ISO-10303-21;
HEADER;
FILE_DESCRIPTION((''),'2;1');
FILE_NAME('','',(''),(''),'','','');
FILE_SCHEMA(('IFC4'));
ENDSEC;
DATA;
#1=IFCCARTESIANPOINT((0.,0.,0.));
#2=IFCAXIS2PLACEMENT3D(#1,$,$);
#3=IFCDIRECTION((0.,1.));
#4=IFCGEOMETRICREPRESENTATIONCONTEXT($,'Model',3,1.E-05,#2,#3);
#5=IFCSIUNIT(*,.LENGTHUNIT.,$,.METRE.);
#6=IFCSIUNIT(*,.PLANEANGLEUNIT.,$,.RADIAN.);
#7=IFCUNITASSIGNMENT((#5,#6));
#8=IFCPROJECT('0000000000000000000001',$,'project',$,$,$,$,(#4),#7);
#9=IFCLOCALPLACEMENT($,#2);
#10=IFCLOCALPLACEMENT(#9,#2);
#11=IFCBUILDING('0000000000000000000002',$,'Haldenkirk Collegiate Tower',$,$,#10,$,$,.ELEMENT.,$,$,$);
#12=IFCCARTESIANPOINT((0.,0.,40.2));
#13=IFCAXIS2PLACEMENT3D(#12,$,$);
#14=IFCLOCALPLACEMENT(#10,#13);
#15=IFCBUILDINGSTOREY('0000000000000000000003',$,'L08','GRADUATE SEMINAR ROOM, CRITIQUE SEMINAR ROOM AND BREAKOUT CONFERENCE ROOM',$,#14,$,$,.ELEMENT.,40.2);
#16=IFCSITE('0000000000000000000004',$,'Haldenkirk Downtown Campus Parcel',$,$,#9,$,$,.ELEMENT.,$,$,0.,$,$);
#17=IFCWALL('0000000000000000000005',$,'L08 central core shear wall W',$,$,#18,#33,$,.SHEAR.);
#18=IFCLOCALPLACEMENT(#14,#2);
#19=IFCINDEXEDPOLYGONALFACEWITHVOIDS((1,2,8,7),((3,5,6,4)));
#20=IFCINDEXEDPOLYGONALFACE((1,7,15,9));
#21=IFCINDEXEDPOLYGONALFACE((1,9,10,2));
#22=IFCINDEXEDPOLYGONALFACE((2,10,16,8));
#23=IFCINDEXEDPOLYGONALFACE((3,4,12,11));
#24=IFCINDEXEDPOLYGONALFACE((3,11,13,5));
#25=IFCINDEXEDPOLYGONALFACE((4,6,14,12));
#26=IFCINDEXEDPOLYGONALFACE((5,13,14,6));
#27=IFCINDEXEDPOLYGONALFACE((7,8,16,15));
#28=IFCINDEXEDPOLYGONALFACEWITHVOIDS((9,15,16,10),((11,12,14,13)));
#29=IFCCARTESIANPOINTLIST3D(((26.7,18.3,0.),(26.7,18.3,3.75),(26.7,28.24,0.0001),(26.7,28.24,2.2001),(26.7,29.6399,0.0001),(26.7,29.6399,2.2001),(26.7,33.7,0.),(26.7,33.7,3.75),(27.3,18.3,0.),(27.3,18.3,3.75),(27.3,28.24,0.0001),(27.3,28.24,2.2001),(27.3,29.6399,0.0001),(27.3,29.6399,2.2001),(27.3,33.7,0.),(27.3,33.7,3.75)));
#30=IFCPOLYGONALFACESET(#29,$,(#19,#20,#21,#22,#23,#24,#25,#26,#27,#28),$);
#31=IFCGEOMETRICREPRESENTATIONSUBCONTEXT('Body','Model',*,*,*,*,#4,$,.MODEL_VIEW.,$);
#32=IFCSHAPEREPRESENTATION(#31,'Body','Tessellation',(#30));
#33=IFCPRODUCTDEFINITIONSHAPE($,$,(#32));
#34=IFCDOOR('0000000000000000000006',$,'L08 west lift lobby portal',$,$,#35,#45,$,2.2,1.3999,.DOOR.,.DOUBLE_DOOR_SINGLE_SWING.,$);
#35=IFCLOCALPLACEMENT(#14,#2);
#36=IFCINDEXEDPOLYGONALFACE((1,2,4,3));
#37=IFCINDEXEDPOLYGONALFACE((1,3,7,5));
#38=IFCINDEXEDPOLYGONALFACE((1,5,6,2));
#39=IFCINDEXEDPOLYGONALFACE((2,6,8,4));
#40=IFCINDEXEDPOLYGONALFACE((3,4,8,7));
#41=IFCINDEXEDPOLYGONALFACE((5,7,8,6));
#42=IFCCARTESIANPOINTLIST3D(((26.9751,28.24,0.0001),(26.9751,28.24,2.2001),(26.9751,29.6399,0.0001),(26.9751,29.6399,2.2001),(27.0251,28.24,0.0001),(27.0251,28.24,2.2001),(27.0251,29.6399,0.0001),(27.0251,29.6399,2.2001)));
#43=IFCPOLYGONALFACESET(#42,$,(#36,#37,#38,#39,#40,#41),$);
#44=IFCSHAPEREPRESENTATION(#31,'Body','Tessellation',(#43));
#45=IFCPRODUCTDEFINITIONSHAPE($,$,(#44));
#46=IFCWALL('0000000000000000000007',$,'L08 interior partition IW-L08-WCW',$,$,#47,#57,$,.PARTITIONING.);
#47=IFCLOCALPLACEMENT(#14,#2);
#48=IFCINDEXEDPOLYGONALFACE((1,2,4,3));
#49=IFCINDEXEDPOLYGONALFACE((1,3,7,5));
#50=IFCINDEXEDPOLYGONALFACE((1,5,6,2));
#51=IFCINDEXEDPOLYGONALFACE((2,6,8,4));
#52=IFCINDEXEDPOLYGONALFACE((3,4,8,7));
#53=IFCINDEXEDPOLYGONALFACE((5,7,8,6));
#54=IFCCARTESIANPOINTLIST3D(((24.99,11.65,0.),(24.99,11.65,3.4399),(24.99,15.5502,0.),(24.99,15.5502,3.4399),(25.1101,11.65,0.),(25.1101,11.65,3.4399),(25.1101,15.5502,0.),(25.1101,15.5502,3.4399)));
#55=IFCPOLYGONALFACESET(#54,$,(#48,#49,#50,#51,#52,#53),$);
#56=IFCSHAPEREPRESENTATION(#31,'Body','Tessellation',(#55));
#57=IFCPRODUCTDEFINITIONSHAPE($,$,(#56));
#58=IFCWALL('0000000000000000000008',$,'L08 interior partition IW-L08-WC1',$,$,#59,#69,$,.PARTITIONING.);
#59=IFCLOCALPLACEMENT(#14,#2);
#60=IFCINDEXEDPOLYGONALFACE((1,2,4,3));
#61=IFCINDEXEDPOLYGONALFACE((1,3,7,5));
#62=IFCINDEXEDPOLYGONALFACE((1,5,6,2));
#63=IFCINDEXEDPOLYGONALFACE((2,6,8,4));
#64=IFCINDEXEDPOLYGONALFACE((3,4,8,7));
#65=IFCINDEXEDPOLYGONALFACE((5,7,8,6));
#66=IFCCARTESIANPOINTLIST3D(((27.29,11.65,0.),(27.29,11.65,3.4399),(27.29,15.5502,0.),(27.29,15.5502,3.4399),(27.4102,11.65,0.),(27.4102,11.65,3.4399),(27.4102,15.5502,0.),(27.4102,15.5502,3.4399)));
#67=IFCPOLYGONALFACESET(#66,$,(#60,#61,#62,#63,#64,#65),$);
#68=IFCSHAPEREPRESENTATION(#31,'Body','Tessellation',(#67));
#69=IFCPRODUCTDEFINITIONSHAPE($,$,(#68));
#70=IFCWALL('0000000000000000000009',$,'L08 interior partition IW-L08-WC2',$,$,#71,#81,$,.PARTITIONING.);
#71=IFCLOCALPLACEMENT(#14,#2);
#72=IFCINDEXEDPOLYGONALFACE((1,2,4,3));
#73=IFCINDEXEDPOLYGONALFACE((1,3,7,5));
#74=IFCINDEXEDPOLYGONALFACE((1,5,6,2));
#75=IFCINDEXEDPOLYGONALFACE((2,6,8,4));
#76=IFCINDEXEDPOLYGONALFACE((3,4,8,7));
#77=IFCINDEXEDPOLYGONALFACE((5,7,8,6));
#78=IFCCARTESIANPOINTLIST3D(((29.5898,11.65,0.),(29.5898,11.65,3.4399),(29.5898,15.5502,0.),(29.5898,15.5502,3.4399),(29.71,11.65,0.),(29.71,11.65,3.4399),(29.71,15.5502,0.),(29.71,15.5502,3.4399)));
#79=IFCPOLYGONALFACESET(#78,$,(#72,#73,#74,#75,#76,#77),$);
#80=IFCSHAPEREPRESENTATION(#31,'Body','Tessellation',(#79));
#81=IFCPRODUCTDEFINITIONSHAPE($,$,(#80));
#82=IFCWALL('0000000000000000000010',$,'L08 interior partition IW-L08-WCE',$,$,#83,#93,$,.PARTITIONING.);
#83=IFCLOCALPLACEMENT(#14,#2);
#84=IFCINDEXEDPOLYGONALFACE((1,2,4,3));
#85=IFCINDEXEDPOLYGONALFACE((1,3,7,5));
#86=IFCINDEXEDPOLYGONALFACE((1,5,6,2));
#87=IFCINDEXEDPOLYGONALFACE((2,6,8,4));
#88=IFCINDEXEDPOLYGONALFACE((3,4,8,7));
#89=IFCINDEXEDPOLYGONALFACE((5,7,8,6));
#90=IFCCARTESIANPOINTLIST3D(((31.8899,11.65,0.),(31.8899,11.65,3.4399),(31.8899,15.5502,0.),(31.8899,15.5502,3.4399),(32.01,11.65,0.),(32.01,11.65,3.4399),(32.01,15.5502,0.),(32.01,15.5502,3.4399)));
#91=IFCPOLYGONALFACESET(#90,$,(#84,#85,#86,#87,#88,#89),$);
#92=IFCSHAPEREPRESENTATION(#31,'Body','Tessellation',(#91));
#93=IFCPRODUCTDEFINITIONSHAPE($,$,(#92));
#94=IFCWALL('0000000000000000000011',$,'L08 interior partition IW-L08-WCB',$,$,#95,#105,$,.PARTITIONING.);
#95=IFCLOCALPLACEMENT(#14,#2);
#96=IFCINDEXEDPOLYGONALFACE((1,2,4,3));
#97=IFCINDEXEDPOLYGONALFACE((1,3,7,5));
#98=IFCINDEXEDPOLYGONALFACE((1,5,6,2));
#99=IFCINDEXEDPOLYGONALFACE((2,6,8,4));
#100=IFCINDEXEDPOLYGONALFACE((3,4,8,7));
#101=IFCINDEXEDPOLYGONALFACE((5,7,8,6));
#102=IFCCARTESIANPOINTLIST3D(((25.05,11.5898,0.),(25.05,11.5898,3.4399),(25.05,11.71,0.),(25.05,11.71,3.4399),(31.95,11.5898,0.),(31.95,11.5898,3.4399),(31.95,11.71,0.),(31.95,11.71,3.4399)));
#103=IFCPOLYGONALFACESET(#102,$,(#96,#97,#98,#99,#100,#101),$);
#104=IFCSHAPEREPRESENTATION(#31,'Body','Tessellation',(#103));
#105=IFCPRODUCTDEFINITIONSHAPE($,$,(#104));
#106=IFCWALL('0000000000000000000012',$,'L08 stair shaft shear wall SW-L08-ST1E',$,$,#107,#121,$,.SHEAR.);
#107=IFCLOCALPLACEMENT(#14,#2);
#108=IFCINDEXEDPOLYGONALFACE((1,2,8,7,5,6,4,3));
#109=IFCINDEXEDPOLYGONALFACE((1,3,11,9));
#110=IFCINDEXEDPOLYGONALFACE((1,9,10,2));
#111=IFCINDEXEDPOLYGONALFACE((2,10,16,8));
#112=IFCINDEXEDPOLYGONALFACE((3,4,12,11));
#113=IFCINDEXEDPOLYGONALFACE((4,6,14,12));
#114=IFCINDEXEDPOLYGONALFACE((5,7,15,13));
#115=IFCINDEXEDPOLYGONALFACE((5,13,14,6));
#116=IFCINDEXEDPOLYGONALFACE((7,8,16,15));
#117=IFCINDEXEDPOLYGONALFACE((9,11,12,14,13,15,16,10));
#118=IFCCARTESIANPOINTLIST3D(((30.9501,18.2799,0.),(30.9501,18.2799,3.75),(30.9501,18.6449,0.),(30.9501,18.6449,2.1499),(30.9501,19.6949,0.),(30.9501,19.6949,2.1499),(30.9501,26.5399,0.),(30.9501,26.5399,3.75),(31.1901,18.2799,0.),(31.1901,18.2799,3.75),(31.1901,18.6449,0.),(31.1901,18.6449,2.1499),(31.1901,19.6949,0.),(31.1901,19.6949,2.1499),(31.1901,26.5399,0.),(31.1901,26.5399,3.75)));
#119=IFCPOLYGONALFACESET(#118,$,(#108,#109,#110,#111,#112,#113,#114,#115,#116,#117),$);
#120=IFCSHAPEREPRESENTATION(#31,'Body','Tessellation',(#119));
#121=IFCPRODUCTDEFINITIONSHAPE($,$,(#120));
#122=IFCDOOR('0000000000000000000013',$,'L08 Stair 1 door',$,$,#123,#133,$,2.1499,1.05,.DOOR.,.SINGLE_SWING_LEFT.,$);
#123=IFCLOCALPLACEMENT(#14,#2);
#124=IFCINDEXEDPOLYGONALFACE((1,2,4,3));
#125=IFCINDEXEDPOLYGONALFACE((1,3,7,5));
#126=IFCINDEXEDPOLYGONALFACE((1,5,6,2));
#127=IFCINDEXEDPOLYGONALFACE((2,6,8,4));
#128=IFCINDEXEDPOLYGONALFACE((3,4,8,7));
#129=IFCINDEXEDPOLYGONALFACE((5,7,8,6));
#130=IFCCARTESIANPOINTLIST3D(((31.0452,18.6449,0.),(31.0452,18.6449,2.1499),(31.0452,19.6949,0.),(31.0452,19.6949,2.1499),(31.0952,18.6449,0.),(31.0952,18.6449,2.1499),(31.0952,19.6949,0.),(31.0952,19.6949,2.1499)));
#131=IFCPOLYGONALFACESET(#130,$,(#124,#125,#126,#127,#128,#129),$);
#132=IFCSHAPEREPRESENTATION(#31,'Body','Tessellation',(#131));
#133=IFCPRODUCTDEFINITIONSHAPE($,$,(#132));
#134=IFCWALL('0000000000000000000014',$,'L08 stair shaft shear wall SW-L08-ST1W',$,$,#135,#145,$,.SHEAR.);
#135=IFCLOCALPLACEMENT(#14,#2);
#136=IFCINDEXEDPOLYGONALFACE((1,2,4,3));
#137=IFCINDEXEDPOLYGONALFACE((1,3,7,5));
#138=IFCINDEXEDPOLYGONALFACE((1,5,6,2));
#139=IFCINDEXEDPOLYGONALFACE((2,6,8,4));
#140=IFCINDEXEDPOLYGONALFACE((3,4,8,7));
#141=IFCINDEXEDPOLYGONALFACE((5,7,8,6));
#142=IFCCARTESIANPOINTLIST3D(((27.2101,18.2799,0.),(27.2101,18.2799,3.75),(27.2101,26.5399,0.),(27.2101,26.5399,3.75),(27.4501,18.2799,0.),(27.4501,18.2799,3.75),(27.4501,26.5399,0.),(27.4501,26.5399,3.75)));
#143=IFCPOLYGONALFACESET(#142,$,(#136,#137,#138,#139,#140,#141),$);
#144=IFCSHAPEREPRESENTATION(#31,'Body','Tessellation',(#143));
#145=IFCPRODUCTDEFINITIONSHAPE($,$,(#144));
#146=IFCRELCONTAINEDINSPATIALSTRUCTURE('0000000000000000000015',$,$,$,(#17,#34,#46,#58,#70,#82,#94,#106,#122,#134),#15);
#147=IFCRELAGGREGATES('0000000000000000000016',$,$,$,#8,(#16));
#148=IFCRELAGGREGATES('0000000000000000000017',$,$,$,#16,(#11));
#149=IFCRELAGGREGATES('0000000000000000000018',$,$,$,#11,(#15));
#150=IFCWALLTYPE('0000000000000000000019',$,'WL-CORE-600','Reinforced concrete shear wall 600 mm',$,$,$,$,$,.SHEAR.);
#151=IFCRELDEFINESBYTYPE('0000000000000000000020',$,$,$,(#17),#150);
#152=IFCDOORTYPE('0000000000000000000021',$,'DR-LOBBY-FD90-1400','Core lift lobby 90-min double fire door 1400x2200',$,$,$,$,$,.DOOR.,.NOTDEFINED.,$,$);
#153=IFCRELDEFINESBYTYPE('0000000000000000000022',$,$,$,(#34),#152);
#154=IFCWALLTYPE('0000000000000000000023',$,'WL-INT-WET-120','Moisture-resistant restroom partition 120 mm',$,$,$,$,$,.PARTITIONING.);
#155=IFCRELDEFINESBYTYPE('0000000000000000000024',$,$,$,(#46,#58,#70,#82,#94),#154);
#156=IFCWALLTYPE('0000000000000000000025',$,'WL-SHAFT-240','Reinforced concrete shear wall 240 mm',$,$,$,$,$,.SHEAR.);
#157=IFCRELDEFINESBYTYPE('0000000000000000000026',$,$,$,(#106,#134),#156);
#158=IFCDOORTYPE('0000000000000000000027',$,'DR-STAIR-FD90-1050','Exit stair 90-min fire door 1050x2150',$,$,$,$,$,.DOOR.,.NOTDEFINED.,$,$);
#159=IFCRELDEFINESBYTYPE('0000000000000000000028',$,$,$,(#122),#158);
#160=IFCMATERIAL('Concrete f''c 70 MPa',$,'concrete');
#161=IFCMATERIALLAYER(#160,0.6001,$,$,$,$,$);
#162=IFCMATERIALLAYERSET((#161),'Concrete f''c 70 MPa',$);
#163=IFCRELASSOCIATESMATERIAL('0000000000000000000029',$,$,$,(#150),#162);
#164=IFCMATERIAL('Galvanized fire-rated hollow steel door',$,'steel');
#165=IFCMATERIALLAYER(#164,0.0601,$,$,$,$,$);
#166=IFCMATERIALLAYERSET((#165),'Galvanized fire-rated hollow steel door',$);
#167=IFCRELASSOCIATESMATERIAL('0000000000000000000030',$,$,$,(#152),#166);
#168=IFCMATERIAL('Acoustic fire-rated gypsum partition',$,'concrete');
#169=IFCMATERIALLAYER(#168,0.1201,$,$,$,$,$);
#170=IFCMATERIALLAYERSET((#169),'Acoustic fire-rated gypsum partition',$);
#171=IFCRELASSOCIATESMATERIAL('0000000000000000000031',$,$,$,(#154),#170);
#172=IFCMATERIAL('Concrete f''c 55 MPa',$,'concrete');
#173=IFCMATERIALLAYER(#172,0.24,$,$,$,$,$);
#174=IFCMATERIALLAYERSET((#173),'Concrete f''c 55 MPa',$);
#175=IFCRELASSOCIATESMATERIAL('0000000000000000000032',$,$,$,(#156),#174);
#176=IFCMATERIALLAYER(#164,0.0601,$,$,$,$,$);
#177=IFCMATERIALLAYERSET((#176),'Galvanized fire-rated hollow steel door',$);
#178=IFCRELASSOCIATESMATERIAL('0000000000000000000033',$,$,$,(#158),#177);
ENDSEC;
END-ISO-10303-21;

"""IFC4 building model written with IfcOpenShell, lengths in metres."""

from ifc_helpers import new_model, si_unit, direction, frame, frame_2d, origin, place, context, subcontext, project, spatial, rectangle, extrude, material, layer, layer_set, type_object, element, fill, save


model = new_model("IFC4")

# Units and contexts
model_context = context("Model", 3, precision=1e-05, world=origin(), true_north=direction((0.0, 1.0)))
body_context = subcontext(model_context, "Body", "Model", "MODEL_VIEW")
ifc_project = project(units=[si_unit("LENGTHUNIT", "METRE"), si_unit("PLANEANGLEUNIT", "RADIAN")], contexts=[model_context])

# Site, building, storey
site_placement = place(None, origin())
site = spatial("IfcSite", under=ifc_project, at=site_placement, Name="Haldenkirk Downtown Campus Parcel", CompositionType="ELEMENT", RefElevation=0.0)
building_placement = place(site_placement, origin())
building = spatial("IfcBuilding", under=site, at=building_placement, Name="Haldenkirk Collegiate Tower", CompositionType="ELEMENT")
storey_placement = place(building_placement, frame((0.0, 0.0, 40.2)))
storey = spatial("IfcBuildingStorey", under=building, at=storey_placement, Name="L08", Description="GRADUATE SEMINAR ROOM, CRITIQUE SEMINAR ROOM AND BREAKOUT CONFERENCE ROOM", CompositionType="ELEMENT", Elevation=40.2)

# Shared definitions
ifc_material_1 = material(Name="Concrete f'c 70 MPa", Category="concrete")
ifc_layer_1 = layer(ifc_material_1, 0.6001)
ifc_layer_set_1 = layer_set([ifc_layer_1], Name="Concrete f'c 70 MPa")
wall_type_1 = type_object("IfcWallType", Name="WL-CORE-600", Description="Reinforced concrete shear wall 600 mm", PredefinedType="SHEAR", material=ifc_layer_set_1)
ifc_material_2 = material(Name="Galvanized fire-rated hollow steel door", Category="steel")

# Wall, opening, door
wall_1_placement = place(storey_placement, frame((27.0, 18.3, 0.0), z_axis=(0.0, 0.0, 1.0), x_axis=(0.0, 1.0, 0.0)))
wall_1 = element("IfcWall", 1, at=wall_1_placement, inside=storey, type_object=wall_type_1, Name="L08 central core shear wall W", PredefinedType="SHEAR", context=body_context, shape_type="SweptSolid", body=[
    extrude(rectangle(XDim=15.3999, YDim=0.6001, at=frame_2d((7.7, 0.0))), origin(), (0.0, 0.0, 1.0), 3.75),
])
opening_1_placement = place(wall_1_placement, frame((9.9399, 0.0, 0.0)))
opening_1 = element("IfcOpeningElement", 2, at=opening_1_placement, cuts=wall_1, PredefinedType="OPENING", context=body_context, shape_type="SweptSolid", body=[
    extrude(rectangle(XDim=1.3999, YDim=2.2, at=frame_2d((0.7, 1.1001))), frame((0.0, 0.3101, 0.0), z_axis=(0.0, -1.0, 0.0), x_axis=(1.0, 0.0, 0.0)), (0.0, 0.0, 1.0), 0.6201),
])
ifc_layer_2 = layer(ifc_material_2, 0.0601)
ifc_layer_set_2 = layer_set([ifc_layer_2], Name="Galvanized fire-rated hollow steel door")
door_type_1 = type_object("IfcDoorType", Name="DR-LOBBY-FD90-1400", Description="Core lift lobby 90-min double fire door 1400x2200", OperationType="NOTDEFINED", PredefinedType="DOOR", material=ifc_layer_set_2)
door_1_placement = place(opening_1_placement, origin())
door_1 = element("IfcDoor", 3, at=door_1_placement, inside=storey, type_object=door_type_1, Name="L08 west lift lobby portal", OperationType="DOUBLE_DOOR_SINGLE_SWING", OverallHeight=2.2, OverallWidth=1.3999, PredefinedType="DOOR", context=body_context, shape_type="SweptSolid", body=[
    extrude(rectangle(XDim=1.3999, YDim=2.2, at=frame_2d((0.7, 1.1001))), frame((0.0, 0.0249, 0.0), z_axis=(0.0, -1.0, 0.0), x_axis=(1.0, 0.0, 0.0)), (0.0, 0.0, 1.0), 0.05),
])
fill(opening_1, door_1)

# Walls
ifc_material_3 = material(Name="Acoustic fire-rated gypsum partition", Category="concrete")
ifc_layer_3 = layer(ifc_material_3, 0.1201)
ifc_layer_set_3 = layer_set([ifc_layer_3], Name="Acoustic fire-rated gypsum partition")
wall_type_2 = type_object("IfcWallType", Name="WL-INT-WET-120", Description="Moisture-resistant restroom partition 120 mm", PredefinedType="PARTITIONING", material=ifc_layer_set_3)
for number, where, z_axis, x_axis, name in (
    (4, (25.05, 11.6499, 0.0), (0.0, 0.0, 1.0), (0.0, 1.0, 0.0), "L08 interior partition IW-L08-WCW"),
    (5, (27.3501, 11.6499, 0.0), (0.0, 0.0, 1.0), (0.0, 1.0, 0.0), "L08 interior partition IW-L08-WC1"),
    (6, (29.6499, 11.6499, 0.0), (0.0, 0.0, 1.0), (0.0, 1.0, 0.0), "L08 interior partition IW-L08-WC2"),
    (7, (31.95, 11.6499, 0.0), (0.0, 0.0, 1.0), (0.0, 1.0, 0.0), "L08 interior partition IW-L08-WCE"),
):
    element("IfcWall", number, at=place(storey_placement, frame(where, z_axis=z_axis, x_axis=x_axis)), inside=storey, type_object=wall_type_2, Name=name, PredefinedType="PARTITIONING", context=body_context, shape_type="SweptSolid", body=[
        extrude(rectangle(XDim=3.9001, YDim=0.1201, at=frame_2d((1.9502, 0.0))), origin(), (0.0, 0.0, 1.0), 3.4399),
    ])
wall_2_placement = place(storey_placement, frame((25.05, 11.6499, 0.0), z_axis=(0.0, 0.0, 1.0), x_axis=(1.0, 0.0, 0.0)))
element("IfcWall", 8, at=wall_2_placement, inside=storey, type_object=wall_type_2, Name="L08 interior partition IW-L08-WCB", PredefinedType="PARTITIONING", context=body_context, shape_type="SweptSolid", body=[
    extrude(rectangle(XDim=6.8999, YDim=0.1201, at=frame_2d((3.45, 0.0))), origin(), (0.0, 0.0, 1.0), 3.4399),
])

# Wall, opening, door
ifc_material_4 = material(Name="Concrete f'c 55 MPa", Category="concrete")
ifc_layer_4 = layer(ifc_material_4, 0.24)
ifc_layer_set_4 = layer_set([ifc_layer_4], Name="Concrete f'c 55 MPa")
wall_type_3 = type_object("IfcWallType", Name="WL-SHAFT-240", Description="Reinforced concrete shear wall 240 mm", PredefinedType="SHEAR", material=ifc_layer_set_4)
wall_3_placement = place(storey_placement, frame((31.0701, 18.28, 0.0), z_axis=(0.0, 0.0, 1.0), x_axis=(0.0, 1.0, 0.0)))
wall_3 = element("IfcWall", 9, at=wall_3_placement, inside=storey, type_object=wall_type_3, Name="L08 stair shaft shear wall SW-L08-ST1E", PredefinedType="SHEAR", context=body_context, shape_type="SweptSolid", body=[
    extrude(rectangle(XDim=8.26, YDim=0.24, at=frame_2d((4.1299, 0.0))), origin(), (0.0, 0.0, 1.0), 3.75),
])
opening_2_placement = place(wall_3_placement, frame((0.365, 0.0, 0.0)))
opening_2 = element("IfcOpeningElement", 10, at=opening_2_placement, cuts=wall_3, PredefinedType="OPENING", context=body_context, shape_type="SweptSolid", body=[
    extrude(rectangle(XDim=1.05, YDim=2.1499, at=frame_2d((0.5249, 1.075))), frame((0.0, 0.1299, 0.0), z_axis=(0.0, -1.0, 0.0), x_axis=(1.0, 0.0, 0.0)), (0.0, 0.0, 1.0), 0.26),
])
ifc_layer_5 = layer(ifc_material_2, 0.0601)
ifc_layer_set_5 = layer_set([ifc_layer_5], Name="Galvanized fire-rated hollow steel door")
door_type_2 = type_object("IfcDoorType", Name="DR-STAIR-FD90-1050", Description="Exit stair 90-min fire door 1050x2150", OperationType="NOTDEFINED", PredefinedType="DOOR", material=ifc_layer_set_5)
door_2_placement = place(opening_2_placement, origin())
door_2 = element("IfcDoor", 11, at=door_2_placement, inside=storey, type_object=door_type_2, Name="L08 Stair 1 door", OperationType="SINGLE_SWING_LEFT", OverallHeight=2.1499, OverallWidth=1.05, PredefinedType="DOOR", context=body_context, shape_type="SweptSolid", body=[
    extrude(rectangle(XDim=1.05, YDim=2.1499, at=frame_2d((0.5249, 1.075))), frame((0.0, 0.0249, 0.0), z_axis=(0.0, -1.0, 0.0), x_axis=(1.0, 0.0, 0.0)), (0.0, 0.0, 1.0), 0.05),
])
fill(opening_2, door_2)

# Wall
wall_4_placement = place(storey_placement, frame((27.3301, 18.28, 0.0), z_axis=(0.0, 0.0, 1.0), x_axis=(0.0, 1.0, 0.0)))
element("IfcWall", 12, at=wall_4_placement, inside=storey, type_object=wall_type_3, Name="L08 stair shaft shear wall SW-L08-ST1W", PredefinedType="SHEAR", context=body_context, shape_type="SweptSolid", body=[
    extrude(rectangle(XDim=8.26, YDim=0.24, at=frame_2d((4.1299, 0.0))), origin(), (0.0, 0.0, 1.0), 3.75),
])

save(model, "model.ifc")
